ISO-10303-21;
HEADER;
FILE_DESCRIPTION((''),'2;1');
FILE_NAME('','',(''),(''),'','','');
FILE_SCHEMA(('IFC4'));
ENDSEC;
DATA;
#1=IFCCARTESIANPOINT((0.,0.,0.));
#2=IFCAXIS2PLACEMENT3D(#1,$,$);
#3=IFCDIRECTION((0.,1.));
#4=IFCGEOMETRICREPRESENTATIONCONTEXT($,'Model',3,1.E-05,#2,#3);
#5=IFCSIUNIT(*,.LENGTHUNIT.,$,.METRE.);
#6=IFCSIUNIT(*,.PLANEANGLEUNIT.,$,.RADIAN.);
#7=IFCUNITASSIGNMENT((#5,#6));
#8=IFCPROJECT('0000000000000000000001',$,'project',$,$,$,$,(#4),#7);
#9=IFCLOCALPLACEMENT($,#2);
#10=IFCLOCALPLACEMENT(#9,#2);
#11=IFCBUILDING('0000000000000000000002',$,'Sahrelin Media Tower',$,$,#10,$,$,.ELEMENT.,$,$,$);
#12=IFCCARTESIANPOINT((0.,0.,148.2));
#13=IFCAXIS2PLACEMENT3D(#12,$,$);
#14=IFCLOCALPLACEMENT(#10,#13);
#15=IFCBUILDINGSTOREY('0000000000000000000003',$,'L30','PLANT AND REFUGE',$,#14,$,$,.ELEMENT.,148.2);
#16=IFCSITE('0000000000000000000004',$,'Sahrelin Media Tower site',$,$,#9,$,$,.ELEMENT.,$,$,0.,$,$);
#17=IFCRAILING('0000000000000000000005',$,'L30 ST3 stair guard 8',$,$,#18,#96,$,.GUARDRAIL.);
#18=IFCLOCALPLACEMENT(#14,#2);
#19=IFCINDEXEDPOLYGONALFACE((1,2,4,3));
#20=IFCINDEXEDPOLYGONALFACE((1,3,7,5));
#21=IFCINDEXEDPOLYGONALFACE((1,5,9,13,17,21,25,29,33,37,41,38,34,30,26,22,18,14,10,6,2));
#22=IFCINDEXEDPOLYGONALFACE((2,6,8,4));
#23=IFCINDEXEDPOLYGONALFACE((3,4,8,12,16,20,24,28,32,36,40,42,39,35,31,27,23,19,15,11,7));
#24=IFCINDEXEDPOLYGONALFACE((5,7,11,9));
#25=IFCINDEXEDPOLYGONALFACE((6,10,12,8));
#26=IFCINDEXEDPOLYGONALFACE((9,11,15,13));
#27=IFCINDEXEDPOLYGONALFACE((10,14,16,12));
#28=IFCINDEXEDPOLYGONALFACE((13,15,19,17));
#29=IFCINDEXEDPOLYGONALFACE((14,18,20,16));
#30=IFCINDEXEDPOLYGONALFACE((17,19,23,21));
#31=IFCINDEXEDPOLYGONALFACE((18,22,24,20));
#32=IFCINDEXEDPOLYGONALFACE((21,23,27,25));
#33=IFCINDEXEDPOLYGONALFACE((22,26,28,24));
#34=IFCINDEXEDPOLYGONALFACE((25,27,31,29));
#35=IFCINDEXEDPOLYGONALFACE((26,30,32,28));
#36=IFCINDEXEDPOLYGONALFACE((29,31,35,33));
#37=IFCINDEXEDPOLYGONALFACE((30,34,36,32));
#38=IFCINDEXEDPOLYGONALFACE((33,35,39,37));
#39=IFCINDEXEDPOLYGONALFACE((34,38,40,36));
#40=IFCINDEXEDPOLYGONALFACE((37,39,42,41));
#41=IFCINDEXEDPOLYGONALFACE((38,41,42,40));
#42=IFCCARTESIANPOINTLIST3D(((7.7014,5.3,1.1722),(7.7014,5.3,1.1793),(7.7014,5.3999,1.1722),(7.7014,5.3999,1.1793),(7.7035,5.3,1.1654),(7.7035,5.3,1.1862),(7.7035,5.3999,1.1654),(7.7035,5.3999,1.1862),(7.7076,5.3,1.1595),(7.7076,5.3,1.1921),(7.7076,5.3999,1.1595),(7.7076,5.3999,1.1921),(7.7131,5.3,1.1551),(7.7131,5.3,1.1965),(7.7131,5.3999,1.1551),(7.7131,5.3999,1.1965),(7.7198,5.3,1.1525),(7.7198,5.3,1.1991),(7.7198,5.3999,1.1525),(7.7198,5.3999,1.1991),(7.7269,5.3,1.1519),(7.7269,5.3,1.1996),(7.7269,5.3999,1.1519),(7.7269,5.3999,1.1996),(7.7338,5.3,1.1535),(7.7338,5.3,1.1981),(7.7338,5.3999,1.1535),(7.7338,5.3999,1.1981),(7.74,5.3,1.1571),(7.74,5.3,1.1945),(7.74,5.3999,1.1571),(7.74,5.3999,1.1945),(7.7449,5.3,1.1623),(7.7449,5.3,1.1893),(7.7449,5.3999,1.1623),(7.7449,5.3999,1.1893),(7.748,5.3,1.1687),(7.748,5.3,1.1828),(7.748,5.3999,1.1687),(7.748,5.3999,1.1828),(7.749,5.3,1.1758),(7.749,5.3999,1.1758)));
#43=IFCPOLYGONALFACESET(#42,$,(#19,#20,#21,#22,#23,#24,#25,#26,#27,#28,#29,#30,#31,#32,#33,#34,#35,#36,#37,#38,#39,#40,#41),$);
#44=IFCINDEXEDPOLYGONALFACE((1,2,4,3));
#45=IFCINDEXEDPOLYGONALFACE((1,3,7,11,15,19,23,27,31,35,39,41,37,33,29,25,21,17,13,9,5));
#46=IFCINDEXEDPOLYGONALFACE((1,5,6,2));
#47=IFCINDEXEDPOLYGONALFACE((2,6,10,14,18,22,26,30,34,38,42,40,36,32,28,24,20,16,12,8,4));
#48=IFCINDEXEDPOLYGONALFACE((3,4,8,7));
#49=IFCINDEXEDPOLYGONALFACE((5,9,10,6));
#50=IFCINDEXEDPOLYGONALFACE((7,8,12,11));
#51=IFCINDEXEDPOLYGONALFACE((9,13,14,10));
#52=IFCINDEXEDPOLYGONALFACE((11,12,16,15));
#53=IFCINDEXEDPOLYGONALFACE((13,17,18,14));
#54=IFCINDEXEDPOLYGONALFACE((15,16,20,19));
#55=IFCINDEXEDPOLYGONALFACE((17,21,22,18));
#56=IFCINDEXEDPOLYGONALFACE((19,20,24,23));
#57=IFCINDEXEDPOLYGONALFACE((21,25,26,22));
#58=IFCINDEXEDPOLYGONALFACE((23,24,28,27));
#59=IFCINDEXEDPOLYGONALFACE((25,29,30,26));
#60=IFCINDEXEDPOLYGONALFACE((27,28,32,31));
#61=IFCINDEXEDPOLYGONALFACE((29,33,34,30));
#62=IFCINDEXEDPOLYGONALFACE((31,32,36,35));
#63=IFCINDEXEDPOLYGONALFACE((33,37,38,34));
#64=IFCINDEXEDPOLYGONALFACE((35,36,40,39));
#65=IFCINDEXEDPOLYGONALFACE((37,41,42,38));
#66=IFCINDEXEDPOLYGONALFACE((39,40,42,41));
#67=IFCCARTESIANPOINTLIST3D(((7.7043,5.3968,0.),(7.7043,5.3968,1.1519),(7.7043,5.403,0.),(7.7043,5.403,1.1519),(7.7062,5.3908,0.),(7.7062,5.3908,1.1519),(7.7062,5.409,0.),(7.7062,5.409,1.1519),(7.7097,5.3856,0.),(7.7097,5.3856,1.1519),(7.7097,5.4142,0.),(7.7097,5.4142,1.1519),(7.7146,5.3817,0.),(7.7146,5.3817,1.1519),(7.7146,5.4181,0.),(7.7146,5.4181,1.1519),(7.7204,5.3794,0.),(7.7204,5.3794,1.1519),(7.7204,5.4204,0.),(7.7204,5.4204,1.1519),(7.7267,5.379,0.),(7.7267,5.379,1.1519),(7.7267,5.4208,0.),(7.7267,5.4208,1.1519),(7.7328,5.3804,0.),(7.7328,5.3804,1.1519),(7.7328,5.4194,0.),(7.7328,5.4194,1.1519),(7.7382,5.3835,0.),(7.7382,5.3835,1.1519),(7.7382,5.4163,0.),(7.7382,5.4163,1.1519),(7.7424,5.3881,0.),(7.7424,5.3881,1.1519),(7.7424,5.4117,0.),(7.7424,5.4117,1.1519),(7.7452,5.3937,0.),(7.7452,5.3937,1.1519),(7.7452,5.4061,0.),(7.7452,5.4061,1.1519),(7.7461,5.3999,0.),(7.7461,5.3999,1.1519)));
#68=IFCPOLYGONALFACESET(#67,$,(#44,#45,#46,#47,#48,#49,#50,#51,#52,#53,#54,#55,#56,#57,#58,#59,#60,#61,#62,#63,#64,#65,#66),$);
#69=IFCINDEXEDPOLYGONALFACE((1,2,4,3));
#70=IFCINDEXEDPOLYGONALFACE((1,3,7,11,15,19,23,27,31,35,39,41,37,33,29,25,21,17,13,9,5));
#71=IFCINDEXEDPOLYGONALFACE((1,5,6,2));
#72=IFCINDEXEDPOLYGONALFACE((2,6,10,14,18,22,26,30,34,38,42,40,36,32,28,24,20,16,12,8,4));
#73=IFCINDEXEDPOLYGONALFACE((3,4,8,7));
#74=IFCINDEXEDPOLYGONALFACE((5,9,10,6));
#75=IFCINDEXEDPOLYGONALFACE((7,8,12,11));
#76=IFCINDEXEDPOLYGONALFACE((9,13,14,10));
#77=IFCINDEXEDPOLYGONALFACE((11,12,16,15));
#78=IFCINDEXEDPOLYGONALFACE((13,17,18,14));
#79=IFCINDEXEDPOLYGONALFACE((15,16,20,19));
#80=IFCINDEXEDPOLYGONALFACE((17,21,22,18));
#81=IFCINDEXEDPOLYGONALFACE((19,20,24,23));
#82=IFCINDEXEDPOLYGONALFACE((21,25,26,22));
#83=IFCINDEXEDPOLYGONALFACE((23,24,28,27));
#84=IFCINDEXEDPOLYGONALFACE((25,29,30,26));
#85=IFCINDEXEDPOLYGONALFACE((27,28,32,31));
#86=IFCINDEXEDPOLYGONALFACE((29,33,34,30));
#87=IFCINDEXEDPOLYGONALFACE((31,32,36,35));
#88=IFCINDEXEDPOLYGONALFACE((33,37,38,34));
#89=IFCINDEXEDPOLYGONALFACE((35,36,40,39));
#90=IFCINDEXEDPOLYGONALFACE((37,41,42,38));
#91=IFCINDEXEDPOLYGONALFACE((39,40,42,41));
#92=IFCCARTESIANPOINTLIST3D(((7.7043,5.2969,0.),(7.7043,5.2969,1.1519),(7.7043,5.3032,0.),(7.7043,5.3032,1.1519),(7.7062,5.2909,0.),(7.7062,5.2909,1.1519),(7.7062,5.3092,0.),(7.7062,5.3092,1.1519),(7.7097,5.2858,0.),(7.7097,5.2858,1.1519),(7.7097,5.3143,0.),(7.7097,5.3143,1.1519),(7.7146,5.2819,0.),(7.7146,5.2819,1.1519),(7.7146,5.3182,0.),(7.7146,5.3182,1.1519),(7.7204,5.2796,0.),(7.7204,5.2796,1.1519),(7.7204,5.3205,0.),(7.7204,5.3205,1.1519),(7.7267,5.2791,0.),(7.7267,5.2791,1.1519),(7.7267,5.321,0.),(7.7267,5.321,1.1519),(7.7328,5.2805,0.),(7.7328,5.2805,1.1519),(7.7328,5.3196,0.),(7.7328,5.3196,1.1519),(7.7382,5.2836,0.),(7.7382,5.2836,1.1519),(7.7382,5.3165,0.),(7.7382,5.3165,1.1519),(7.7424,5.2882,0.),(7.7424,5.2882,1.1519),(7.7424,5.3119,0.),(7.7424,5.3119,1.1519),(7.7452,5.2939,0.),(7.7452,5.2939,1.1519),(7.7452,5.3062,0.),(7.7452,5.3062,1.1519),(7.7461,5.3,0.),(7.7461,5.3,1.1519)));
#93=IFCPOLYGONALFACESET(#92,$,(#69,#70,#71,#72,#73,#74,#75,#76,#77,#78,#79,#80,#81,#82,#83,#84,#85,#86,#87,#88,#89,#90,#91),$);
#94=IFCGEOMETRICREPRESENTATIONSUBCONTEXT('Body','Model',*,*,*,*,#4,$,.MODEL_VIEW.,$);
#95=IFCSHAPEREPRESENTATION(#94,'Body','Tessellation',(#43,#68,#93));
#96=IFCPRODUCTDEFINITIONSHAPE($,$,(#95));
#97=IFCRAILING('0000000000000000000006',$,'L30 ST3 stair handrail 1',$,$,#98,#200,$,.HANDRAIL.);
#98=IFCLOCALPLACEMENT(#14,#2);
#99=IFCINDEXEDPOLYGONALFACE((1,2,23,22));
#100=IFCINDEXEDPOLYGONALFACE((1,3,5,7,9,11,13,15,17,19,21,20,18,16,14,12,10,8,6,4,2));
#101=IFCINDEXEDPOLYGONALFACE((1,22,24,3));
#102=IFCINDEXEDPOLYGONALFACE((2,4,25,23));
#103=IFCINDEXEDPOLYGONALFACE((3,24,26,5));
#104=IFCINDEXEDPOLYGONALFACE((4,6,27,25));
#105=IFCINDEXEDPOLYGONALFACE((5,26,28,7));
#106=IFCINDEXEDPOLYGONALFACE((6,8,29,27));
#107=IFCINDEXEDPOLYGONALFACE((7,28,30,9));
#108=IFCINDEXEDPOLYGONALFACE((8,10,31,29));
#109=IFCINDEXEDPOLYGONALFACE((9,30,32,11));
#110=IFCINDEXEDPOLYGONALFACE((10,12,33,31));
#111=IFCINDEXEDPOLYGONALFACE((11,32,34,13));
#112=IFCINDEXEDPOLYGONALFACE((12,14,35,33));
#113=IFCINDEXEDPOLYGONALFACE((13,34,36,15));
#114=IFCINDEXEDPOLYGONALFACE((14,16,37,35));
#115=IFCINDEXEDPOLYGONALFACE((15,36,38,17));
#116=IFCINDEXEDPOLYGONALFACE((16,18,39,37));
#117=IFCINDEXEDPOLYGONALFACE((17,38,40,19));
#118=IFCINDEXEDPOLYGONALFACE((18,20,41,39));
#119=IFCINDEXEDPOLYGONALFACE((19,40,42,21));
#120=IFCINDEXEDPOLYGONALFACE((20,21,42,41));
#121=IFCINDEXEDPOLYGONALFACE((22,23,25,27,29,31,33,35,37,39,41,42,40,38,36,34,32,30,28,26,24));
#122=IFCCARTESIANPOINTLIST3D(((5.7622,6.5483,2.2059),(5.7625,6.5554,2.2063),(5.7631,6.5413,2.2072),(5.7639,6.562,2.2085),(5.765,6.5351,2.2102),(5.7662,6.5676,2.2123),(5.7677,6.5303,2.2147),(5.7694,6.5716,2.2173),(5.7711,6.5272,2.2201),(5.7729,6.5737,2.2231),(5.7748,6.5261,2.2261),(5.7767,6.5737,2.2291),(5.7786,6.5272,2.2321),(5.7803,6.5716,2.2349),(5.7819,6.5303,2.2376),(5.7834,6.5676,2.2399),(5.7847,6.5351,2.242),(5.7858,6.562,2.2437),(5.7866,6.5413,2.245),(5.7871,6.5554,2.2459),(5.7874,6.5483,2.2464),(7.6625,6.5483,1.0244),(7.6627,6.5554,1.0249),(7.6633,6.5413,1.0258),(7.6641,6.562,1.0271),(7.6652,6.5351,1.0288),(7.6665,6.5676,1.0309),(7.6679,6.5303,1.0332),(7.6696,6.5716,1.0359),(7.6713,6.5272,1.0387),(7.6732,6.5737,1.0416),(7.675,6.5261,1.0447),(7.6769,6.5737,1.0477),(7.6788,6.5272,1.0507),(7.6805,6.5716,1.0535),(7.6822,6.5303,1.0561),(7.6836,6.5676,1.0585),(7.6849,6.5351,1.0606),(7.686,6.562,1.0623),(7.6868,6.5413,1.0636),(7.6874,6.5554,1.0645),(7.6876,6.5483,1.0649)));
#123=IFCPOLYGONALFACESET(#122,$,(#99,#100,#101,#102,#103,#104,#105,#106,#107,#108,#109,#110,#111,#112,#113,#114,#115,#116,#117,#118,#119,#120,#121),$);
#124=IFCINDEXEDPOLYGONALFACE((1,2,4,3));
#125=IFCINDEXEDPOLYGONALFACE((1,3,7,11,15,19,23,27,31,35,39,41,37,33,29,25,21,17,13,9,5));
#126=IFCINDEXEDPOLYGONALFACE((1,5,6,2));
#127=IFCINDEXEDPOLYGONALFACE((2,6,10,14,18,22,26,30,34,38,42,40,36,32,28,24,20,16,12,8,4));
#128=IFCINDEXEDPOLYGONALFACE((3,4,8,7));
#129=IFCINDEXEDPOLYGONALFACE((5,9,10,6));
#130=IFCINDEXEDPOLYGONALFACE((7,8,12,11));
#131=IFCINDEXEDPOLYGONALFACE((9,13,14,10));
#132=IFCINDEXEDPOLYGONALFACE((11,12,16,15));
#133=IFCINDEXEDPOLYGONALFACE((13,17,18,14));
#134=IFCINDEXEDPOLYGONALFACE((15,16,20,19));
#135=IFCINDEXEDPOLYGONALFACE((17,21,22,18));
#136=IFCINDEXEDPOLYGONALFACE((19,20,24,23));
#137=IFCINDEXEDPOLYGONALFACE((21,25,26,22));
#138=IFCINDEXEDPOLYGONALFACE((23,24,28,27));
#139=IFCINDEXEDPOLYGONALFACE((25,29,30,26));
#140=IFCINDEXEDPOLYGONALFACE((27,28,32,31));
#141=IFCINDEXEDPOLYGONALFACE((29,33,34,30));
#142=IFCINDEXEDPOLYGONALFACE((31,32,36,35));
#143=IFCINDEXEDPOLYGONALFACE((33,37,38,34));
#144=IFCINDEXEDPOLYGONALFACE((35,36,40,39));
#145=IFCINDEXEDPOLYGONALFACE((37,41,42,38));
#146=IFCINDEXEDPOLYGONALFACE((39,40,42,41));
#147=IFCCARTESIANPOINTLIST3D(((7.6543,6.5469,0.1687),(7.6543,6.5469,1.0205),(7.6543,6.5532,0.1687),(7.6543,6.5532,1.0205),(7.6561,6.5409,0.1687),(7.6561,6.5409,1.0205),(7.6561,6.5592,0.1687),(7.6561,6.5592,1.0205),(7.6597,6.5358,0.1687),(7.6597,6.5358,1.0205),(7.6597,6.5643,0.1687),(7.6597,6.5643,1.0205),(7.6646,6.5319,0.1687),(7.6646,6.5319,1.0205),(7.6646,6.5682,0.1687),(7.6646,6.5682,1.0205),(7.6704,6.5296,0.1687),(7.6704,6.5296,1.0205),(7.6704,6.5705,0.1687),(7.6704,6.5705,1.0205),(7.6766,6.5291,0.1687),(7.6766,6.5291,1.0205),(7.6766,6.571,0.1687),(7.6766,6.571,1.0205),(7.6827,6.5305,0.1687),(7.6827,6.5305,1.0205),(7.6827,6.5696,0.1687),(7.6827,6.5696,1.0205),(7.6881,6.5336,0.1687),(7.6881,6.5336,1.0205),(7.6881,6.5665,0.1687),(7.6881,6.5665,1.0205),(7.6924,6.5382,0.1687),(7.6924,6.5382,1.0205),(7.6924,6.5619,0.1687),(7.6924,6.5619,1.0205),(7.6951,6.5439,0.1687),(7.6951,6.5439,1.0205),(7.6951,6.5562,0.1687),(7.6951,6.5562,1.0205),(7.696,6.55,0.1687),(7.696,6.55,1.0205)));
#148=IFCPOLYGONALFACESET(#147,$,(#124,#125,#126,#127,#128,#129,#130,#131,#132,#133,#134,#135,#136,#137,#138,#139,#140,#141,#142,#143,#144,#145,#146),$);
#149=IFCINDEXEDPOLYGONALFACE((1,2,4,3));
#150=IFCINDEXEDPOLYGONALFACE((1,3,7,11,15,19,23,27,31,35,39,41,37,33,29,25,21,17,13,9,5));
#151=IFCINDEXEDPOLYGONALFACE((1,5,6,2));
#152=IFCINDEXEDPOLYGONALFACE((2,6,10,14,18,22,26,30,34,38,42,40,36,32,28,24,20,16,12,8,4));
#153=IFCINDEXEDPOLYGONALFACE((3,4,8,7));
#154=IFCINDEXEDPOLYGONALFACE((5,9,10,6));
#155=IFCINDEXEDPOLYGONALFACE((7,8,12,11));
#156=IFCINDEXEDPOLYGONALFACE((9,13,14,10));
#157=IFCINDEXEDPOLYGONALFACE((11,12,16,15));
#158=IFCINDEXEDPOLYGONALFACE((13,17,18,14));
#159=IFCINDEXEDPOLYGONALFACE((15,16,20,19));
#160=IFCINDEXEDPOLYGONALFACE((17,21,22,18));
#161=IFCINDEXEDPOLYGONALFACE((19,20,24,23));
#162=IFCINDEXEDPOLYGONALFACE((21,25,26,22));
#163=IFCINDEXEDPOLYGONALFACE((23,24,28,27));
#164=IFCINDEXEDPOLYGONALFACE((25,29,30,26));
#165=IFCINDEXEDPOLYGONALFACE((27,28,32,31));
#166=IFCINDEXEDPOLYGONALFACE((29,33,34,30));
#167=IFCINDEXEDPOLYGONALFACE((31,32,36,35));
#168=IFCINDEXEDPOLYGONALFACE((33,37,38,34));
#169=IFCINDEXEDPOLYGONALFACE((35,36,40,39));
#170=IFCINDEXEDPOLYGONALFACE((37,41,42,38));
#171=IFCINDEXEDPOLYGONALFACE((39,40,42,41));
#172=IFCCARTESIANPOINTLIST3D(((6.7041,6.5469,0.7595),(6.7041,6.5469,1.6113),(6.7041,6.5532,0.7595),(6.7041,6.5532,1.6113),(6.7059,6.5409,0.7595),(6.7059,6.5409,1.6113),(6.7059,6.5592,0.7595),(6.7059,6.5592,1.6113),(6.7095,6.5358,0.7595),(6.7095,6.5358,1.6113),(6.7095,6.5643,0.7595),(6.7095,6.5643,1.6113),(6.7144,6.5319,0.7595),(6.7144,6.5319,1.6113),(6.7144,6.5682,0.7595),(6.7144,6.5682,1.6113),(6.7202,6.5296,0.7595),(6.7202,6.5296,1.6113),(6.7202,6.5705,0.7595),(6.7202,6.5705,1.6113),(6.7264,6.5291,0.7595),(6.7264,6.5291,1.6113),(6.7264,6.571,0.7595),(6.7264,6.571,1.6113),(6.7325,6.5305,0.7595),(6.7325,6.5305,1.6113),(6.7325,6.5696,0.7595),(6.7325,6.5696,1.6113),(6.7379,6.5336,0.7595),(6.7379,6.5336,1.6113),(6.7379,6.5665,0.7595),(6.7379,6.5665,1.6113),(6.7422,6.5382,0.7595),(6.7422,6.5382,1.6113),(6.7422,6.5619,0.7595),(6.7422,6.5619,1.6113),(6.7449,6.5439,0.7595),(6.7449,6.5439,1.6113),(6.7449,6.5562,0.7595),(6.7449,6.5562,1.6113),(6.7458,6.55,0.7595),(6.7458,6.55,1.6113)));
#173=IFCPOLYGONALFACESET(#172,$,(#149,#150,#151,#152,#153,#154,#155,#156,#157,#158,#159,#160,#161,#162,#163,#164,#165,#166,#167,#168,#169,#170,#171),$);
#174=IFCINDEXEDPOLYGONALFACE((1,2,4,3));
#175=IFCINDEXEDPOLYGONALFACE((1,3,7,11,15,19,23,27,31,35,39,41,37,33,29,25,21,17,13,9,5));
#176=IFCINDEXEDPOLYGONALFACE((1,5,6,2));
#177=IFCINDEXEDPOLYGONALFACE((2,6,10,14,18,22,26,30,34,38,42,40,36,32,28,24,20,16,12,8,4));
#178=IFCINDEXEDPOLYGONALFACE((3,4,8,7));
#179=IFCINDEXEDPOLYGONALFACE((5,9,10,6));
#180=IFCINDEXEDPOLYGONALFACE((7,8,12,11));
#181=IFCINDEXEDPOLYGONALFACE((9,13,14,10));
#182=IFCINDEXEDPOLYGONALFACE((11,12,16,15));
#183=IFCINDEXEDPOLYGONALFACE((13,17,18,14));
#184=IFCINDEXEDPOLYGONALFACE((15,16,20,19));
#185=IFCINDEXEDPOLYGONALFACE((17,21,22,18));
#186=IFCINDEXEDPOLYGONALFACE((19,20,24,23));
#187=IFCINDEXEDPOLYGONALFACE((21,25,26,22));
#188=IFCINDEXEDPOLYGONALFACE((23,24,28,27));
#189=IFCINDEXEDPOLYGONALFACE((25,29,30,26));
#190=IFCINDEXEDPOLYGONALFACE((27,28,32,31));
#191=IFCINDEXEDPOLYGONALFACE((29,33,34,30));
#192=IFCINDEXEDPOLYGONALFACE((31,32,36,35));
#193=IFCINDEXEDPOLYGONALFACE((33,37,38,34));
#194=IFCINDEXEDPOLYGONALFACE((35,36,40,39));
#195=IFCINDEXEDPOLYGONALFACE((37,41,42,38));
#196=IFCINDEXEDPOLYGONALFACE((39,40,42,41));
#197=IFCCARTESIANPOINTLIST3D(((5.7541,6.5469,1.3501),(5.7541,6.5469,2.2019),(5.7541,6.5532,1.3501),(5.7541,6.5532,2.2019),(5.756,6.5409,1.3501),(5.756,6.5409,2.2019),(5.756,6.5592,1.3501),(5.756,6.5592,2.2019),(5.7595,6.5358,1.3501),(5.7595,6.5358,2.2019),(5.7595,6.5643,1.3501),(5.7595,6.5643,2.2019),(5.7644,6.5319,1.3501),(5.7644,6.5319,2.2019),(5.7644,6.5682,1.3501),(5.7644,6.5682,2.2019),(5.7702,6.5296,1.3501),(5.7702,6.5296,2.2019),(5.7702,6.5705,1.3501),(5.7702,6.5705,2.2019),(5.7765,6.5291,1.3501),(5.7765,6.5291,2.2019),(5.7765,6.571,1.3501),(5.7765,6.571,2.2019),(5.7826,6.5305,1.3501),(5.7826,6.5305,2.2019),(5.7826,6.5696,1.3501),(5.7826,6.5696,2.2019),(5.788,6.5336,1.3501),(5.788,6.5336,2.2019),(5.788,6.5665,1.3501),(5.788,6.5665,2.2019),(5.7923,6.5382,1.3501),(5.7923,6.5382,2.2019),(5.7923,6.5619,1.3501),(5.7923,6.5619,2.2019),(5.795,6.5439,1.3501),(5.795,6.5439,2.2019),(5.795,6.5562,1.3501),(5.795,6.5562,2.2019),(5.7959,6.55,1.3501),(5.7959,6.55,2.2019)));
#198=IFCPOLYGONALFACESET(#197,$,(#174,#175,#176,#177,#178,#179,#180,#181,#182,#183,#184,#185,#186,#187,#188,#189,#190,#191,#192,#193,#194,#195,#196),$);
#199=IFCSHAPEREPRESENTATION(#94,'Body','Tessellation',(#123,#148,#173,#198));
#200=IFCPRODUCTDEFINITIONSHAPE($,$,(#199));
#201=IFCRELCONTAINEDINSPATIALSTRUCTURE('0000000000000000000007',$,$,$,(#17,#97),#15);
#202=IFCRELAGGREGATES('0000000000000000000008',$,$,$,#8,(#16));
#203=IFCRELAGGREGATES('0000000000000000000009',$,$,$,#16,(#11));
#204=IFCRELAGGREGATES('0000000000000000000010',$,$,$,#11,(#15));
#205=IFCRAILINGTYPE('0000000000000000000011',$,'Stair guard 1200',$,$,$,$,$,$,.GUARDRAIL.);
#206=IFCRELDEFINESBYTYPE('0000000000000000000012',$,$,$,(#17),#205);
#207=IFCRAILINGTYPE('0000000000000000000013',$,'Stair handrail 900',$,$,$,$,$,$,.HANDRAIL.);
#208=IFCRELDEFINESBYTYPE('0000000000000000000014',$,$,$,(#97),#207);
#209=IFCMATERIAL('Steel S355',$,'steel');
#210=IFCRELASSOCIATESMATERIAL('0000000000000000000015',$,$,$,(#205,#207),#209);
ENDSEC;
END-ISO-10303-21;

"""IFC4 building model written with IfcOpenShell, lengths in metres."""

from ifc_helpers import new_model, si_unit, direction, frame, origin, origin_2d, place, context, subcontext, project, spatial, circle, extrude, material, type_object, element, save


model = new_model("IFC4")

# Units and contexts
model_context = context("Model", 3, precision=1e-05, world=origin(), true_north=direction((0.0, 1.0)))
body_context = subcontext(model_context, "Body", "Model", "MODEL_VIEW")
ifc_project = project(units=[si_unit("LENGTHUNIT", "METRE"), si_unit("PLANEANGLEUNIT", "RADIAN")], contexts=[model_context])

# Site, building, storey
site_placement = place(None, origin())
site = spatial("IfcSite", under=ifc_project, at=site_placement, Name="Sahrelin Media Tower site", CompositionType="ELEMENT", RefElevation=0.0)
building_placement = place(site_placement, origin())
building = spatial("IfcBuilding", under=site, at=building_placement, Name="Sahrelin Media Tower", CompositionType="ELEMENT")
storey_placement = place(building_placement, frame((0.0, 0.0, 148.2)))
storey = spatial("IfcBuildingStorey", under=building, at=storey_placement, Name="L30", Description="PLANT AND REFUGE", CompositionType="ELEMENT", Elevation=148.2)

# Shared definitions
ifc_material_1 = material(Name="Steel S355", Category="steel")

# Railings
railing_type_1 = type_object("IfcRailingType", Name="Stair guard 1200", PredefinedType="GUARDRAIL", material=ifc_material_1)
for number, where, name in (
    (1, (7.7251, 5.3999, 0.0), "L30 ST3 stair guard 8"),
):
    element("IfcRailing", number, at=place(storey_placement, frame(where)), inside=storey, type_object=railing_type_1, Name=name, PredefinedType="GUARDRAIL", context=body_context, shape_type="SweptSolid", body=[
        extrude(circle(Radius=0.0239, at=origin_2d()), frame((0.0, 0.0, 1.1758), z_axis=(0.0, -1.0, 0.0), x_axis=(1.0, 0.0, 0.0)), (0.0, 0.0, 1.0), 0.0999),
        extrude(circle(Radius=0.021, at=origin_2d()), origin(), (0.0, 0.0, 1.0), 1.1519),
        extrude(circle(Radius=0.021, at=origin_2d()), frame((0.0, -0.0999, 0.0)), (0.0, 0.0, 1.0), 1.1519),
    ])
railing_type_2 = type_object("IfcRailingType", Name="Stair handrail 900", PredefinedType="HANDRAIL", material=ifc_material_1)
railing_1_placement = place(storey_placement, frame((7.675, 6.55, 0.1687)))
element("IfcRailing", 2, at=railing_1_placement, inside=storey, type_object=railing_type_2, Name="L30 ST3 stair handrail 1", PredefinedType="HANDRAIL", context=body_context, shape_type="SweptSolid", body=[
    extrude(circle(Radius=0.0239, at=origin_2d()), frame((0.0, 0.0, 0.876), z_axis=(-0.84924, 0.0, 0.528006), x_axis=(0.0, -1.0, 0.0)), (0.0, 0.0, 1.0), 2.2375),
    extrude(circle(Radius=0.021, at=origin_2d()), origin(), (0.0, 0.0, 1.0), 0.8518),
    extrude(circle(Radius=0.021, at=origin_2d()), frame((-0.9502, 0.0, 0.5908)), (0.0, 0.0, 1.0), 0.8518),
    extrude(circle(Radius=0.021, at=origin_2d()), frame((-1.9001, 0.0, 1.1814)), (0.0, 0.0, 1.0), 0.8518),
])

save(model, "model.ifc")
